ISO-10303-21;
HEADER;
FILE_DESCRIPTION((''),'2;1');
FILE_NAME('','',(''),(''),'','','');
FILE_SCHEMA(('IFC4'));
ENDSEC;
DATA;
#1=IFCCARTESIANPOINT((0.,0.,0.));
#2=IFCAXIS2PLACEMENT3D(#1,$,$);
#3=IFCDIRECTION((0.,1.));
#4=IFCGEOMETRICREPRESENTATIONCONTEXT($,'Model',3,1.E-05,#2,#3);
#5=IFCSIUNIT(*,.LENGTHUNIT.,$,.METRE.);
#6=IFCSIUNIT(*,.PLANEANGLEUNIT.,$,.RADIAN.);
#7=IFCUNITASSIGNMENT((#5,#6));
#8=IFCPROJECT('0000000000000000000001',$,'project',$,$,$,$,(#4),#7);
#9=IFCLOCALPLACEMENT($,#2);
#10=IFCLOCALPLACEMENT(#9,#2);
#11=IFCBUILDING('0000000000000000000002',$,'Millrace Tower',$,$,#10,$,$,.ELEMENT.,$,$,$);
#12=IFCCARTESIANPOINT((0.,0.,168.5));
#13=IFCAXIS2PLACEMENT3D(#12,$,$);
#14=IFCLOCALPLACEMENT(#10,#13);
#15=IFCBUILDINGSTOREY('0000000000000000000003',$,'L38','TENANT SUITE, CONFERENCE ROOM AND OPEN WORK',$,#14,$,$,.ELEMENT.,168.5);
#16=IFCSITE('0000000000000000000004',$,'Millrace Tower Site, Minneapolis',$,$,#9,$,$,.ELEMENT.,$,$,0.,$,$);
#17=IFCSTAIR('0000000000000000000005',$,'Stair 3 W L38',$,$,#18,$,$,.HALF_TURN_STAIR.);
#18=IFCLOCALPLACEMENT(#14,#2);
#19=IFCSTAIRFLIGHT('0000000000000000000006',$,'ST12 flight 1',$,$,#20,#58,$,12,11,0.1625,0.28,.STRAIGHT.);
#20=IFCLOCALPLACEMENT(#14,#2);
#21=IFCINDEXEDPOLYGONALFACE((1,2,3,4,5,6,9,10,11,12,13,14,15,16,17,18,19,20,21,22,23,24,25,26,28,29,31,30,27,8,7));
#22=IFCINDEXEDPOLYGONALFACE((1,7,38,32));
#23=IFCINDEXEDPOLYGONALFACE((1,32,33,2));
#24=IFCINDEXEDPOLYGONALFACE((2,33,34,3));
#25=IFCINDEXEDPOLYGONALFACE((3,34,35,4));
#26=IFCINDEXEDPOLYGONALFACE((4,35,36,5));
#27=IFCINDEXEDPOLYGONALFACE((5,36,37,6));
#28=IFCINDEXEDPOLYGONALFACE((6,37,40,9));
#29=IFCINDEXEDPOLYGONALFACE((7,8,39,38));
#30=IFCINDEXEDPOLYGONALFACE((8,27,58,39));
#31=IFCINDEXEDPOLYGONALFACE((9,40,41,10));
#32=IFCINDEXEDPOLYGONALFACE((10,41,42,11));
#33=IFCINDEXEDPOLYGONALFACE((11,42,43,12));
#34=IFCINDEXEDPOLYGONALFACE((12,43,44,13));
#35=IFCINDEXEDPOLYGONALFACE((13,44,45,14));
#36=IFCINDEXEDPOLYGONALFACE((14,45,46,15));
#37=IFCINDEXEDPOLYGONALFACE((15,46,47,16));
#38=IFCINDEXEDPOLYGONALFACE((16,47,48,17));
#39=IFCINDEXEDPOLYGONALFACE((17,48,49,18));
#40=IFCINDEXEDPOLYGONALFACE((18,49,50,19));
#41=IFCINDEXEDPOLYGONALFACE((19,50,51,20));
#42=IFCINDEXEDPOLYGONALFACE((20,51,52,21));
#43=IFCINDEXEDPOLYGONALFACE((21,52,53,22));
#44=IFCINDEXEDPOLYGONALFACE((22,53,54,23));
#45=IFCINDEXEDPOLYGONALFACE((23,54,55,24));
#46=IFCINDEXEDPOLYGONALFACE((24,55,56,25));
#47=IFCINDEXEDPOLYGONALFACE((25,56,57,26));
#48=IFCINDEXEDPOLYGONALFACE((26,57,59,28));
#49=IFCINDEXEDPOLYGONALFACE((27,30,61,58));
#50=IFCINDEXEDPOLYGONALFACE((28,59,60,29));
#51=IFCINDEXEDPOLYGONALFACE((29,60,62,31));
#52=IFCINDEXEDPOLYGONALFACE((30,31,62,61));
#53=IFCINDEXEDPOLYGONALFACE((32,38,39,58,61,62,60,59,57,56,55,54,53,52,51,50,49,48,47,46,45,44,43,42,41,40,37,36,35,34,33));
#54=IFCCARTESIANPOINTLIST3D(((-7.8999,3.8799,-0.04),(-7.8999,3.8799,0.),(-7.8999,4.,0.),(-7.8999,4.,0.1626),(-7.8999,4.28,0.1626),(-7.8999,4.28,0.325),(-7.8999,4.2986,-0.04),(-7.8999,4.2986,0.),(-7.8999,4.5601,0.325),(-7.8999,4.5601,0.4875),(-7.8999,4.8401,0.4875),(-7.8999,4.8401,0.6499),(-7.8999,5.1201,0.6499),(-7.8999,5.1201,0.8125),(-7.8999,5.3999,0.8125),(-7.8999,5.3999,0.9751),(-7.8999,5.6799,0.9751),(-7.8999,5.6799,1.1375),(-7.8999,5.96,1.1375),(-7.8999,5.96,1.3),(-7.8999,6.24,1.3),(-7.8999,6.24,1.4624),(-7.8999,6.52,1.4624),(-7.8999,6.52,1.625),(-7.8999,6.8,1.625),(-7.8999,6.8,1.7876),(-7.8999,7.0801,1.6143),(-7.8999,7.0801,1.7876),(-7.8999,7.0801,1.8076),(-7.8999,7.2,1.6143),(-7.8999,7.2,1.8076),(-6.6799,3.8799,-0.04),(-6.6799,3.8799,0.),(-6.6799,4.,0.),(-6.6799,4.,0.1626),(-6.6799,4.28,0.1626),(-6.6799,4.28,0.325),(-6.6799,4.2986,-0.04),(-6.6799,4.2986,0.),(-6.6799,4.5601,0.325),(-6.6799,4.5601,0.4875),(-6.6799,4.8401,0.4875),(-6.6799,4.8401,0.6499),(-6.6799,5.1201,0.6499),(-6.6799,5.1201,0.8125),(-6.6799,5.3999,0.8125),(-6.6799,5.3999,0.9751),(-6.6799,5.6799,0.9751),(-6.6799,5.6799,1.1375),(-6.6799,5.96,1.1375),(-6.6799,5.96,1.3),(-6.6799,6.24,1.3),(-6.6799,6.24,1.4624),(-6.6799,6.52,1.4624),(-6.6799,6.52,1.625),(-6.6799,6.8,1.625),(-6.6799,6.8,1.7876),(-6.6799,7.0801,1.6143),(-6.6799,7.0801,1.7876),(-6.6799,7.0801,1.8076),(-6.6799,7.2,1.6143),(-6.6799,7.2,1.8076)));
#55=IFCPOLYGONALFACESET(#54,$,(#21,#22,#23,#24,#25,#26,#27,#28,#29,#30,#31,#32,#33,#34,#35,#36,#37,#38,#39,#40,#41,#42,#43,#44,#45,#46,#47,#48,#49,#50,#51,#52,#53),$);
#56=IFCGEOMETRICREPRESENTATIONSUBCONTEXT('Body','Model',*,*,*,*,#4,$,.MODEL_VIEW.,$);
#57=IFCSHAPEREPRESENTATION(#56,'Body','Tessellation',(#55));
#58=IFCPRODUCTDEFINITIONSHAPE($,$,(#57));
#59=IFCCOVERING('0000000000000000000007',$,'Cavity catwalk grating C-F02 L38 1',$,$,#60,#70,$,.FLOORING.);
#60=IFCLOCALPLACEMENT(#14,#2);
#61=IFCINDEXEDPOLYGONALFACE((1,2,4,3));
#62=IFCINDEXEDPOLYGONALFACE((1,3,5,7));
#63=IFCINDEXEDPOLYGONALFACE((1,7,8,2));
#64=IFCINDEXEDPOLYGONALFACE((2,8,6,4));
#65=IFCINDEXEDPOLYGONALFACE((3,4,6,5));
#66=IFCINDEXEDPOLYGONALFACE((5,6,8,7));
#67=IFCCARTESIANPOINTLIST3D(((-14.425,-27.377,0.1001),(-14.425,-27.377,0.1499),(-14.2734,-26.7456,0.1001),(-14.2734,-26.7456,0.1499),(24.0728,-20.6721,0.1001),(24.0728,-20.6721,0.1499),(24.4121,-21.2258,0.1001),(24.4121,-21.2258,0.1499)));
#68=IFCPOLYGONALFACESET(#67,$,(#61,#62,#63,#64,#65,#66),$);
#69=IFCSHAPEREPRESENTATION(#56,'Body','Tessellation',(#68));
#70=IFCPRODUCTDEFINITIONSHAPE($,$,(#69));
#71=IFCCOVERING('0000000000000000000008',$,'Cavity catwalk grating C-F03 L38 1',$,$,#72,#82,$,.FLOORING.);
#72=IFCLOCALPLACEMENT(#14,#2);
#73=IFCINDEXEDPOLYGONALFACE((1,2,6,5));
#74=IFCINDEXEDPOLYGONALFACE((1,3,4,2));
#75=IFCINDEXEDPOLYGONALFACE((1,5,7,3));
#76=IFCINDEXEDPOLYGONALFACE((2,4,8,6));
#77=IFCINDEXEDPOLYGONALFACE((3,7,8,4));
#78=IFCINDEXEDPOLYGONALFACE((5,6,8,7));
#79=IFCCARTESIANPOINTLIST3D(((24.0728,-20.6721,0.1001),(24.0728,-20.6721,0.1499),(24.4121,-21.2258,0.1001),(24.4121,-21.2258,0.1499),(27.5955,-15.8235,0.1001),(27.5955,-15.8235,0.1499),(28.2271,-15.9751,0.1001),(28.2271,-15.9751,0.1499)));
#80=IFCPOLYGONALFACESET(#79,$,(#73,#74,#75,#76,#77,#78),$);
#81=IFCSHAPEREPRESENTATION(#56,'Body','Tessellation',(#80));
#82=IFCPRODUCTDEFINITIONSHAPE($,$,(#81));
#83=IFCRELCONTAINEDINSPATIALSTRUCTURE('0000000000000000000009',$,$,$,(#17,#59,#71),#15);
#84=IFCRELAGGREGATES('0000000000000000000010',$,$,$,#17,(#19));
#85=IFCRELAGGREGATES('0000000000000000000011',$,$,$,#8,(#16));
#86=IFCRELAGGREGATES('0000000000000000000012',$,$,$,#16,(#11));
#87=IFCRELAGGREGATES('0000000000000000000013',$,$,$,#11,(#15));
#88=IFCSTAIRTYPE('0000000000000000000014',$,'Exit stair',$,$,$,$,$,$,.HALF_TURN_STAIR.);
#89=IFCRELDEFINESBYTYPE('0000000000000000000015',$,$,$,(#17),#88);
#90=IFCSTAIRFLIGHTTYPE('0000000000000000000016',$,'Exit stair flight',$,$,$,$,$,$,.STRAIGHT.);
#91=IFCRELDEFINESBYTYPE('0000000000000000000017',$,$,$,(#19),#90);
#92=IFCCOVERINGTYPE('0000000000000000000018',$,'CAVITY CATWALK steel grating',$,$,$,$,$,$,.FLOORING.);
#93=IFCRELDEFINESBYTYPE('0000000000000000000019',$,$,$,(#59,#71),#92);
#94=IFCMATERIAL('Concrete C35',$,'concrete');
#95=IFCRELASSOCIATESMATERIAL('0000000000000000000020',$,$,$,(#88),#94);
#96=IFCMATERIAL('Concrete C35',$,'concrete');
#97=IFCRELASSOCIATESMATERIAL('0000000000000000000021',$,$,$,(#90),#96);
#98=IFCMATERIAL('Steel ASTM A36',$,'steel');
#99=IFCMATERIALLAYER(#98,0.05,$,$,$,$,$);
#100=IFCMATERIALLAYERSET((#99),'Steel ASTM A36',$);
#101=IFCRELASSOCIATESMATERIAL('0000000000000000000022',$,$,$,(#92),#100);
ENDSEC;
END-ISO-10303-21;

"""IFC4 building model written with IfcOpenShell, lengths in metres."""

from ifc_helpers import new_model, si_unit, direction, frame, origin, place, context, subcontext, project, spatial, polyline, outline, extrude, material, layer, layer_set, type_object, element, aggregate, save


model = new_model("IFC4")

# Units and contexts
model_context = context("Model", 3, precision=1e-05, world=origin(), true_north=direction((0.0, 1.0)))
body_context = subcontext(model_context, "Body", "Model", "MODEL_VIEW")
ifc_project = project(units=[si_unit("LENGTHUNIT", "METRE"), si_unit("PLANEANGLEUNIT", "RADIAN")], contexts=[model_context])

# Site, building, storey
site_placement = place(None, origin())
site = spatial("IfcSite", under=ifc_project, at=site_placement, Name="Millrace Tower Site, Minneapolis", CompositionType="ELEMENT", RefElevation=0.0)
building_placement = place(site_placement, origin())
building = spatial("IfcBuilding", under=site, at=building_placement, Name="Millrace Tower", CompositionType="ELEMENT")
storey_placement = place(building_placement, frame((0.0, 0.0, 168.5)))
storey = spatial("IfcBuildingStorey", under=building, at=storey_placement, Name="L38", Description="TENANT SUITE, CONFERENCE ROOM AND OPEN WORK", CompositionType="ELEMENT", Elevation=168.5)

# Shared definitions
placement_1 = place(storey_placement, origin())

# Stair, stair flight
ifc_material_1 = material(Name="Concrete C35", Category="concrete")
stair_type = type_object("IfcStairType", Name="Exit stair", PredefinedType="HALF_TURN_STAIR", material=ifc_material_1)
ifc_material_2 = material(Name="Concrete C35", Category="concrete")
stair_flight_type = type_object("IfcStairFlightType", Name="Exit stair flight", PredefinedType="STRAIGHT", material=ifc_material_2)
stair_1 = element("IfcStair", 1, at=placement_1, inside=storey, type_object=stair_type, Name="Stair 3 W L38", PredefinedType="HALF_TURN_STAIR")
stair_flight_1_placement = place(storey_placement, frame((-7.29, 4.0, 0.0), z_axis=(0.0, 0.0, 1.0), x_axis=(0.0, 1.0, 0.0)))
stair_flight_1 = element("IfcStairFlight", 2, at=stair_flight_1_placement, type_object=stair_flight_type, Name="ST12 flight 1", NumberOfRisers=12, NumberOfTreads=11, PredefinedType="STRAIGHT", RiserHeight=0.1625, TreadLength=0.28, context=body_context, shape_type="SweptSolid", body=[
    extrude(outline(polyline([(-0.1201, -0.04), (-0.1201, 0.0), (0.0, 0.0), (0.0, 0.1626), (0.28, 0.1626), (0.28, 0.325), (0.5601, 0.325), (0.5601, 0.4875), (0.8401, 0.4875), (0.8401, 0.6499), (1.1201, 0.6499), (1.1201, 0.8125), (1.3999, 0.8125), (1.3999, 0.9751), (1.6799, 0.9751), (1.6799, 1.1375), (1.96, 1.1375), (1.96, 1.3), (2.24, 1.3), (2.24, 1.4624), (2.52, 1.4624), (2.52, 1.625), (2.8, 1.625), (2.8, 1.7876), (3.0801, 1.7876), (3.0801, 1.8076), (3.2, 1.8076), (3.2, 1.6143), (3.0801, 1.6143), (0.2986, 0.0), (0.2986, -0.04), (-0.1201, -0.04)])), frame((0.0, 0.6099, 0.0), z_axis=(0.0, -1.0, 0.0), x_axis=(1.0, 0.0, 0.0)), (0.0, 0.0, 1.0), 1.22),
])
aggregate(stair_1, [stair_flight_1])

# Coverings
ifc_material_3 = material(Name="Steel ASTM A36", Category="steel")
ifc_layer_1 = layer(ifc_material_3, 0.05)
ifc_layer_set_1 = layer_set([ifc_layer_1], Name="Steel ASTM A36")
covering_type = type_object("IfcCoveringType", Name="CAVITY CATWALK steel grating", PredefinedType="FLOORING", material=ifc_layer_set_1)
placement_2 = place(storey_placement, frame((0.0, 0.0, 0.1001)))
element("IfcCovering", 3, at=placement_2, inside=storey, type_object=covering_type, Name="Cavity catwalk grating C-F02 L38 1", PredefinedType="FLOORING", context=body_context, shape_type="SweptSolid", body=[
    extrude(outline(polyline([(-14.425, -27.377), (24.4121, -21.2258), (24.0728, -20.6721), (-14.2734, -26.7456), (-14.425, -27.377)])), origin(), (0.0, 0.0, 1.0), 0.0498),
])
element("IfcCovering", 4, at=placement_2, inside=storey, type_object=covering_type, Name="Cavity catwalk grating C-F03 L38 1", PredefinedType="FLOORING", context=body_context, shape_type="SweptSolid", body=[
    extrude(outline(polyline([(24.4121, -21.2258), (28.2271, -15.9751), (27.5955, -15.8235), (24.0728, -20.6721), (24.4121, -21.2258)])), origin(), (0.0, 0.0, 1.0), 0.0498),
])

save(model, "model.ifc")
